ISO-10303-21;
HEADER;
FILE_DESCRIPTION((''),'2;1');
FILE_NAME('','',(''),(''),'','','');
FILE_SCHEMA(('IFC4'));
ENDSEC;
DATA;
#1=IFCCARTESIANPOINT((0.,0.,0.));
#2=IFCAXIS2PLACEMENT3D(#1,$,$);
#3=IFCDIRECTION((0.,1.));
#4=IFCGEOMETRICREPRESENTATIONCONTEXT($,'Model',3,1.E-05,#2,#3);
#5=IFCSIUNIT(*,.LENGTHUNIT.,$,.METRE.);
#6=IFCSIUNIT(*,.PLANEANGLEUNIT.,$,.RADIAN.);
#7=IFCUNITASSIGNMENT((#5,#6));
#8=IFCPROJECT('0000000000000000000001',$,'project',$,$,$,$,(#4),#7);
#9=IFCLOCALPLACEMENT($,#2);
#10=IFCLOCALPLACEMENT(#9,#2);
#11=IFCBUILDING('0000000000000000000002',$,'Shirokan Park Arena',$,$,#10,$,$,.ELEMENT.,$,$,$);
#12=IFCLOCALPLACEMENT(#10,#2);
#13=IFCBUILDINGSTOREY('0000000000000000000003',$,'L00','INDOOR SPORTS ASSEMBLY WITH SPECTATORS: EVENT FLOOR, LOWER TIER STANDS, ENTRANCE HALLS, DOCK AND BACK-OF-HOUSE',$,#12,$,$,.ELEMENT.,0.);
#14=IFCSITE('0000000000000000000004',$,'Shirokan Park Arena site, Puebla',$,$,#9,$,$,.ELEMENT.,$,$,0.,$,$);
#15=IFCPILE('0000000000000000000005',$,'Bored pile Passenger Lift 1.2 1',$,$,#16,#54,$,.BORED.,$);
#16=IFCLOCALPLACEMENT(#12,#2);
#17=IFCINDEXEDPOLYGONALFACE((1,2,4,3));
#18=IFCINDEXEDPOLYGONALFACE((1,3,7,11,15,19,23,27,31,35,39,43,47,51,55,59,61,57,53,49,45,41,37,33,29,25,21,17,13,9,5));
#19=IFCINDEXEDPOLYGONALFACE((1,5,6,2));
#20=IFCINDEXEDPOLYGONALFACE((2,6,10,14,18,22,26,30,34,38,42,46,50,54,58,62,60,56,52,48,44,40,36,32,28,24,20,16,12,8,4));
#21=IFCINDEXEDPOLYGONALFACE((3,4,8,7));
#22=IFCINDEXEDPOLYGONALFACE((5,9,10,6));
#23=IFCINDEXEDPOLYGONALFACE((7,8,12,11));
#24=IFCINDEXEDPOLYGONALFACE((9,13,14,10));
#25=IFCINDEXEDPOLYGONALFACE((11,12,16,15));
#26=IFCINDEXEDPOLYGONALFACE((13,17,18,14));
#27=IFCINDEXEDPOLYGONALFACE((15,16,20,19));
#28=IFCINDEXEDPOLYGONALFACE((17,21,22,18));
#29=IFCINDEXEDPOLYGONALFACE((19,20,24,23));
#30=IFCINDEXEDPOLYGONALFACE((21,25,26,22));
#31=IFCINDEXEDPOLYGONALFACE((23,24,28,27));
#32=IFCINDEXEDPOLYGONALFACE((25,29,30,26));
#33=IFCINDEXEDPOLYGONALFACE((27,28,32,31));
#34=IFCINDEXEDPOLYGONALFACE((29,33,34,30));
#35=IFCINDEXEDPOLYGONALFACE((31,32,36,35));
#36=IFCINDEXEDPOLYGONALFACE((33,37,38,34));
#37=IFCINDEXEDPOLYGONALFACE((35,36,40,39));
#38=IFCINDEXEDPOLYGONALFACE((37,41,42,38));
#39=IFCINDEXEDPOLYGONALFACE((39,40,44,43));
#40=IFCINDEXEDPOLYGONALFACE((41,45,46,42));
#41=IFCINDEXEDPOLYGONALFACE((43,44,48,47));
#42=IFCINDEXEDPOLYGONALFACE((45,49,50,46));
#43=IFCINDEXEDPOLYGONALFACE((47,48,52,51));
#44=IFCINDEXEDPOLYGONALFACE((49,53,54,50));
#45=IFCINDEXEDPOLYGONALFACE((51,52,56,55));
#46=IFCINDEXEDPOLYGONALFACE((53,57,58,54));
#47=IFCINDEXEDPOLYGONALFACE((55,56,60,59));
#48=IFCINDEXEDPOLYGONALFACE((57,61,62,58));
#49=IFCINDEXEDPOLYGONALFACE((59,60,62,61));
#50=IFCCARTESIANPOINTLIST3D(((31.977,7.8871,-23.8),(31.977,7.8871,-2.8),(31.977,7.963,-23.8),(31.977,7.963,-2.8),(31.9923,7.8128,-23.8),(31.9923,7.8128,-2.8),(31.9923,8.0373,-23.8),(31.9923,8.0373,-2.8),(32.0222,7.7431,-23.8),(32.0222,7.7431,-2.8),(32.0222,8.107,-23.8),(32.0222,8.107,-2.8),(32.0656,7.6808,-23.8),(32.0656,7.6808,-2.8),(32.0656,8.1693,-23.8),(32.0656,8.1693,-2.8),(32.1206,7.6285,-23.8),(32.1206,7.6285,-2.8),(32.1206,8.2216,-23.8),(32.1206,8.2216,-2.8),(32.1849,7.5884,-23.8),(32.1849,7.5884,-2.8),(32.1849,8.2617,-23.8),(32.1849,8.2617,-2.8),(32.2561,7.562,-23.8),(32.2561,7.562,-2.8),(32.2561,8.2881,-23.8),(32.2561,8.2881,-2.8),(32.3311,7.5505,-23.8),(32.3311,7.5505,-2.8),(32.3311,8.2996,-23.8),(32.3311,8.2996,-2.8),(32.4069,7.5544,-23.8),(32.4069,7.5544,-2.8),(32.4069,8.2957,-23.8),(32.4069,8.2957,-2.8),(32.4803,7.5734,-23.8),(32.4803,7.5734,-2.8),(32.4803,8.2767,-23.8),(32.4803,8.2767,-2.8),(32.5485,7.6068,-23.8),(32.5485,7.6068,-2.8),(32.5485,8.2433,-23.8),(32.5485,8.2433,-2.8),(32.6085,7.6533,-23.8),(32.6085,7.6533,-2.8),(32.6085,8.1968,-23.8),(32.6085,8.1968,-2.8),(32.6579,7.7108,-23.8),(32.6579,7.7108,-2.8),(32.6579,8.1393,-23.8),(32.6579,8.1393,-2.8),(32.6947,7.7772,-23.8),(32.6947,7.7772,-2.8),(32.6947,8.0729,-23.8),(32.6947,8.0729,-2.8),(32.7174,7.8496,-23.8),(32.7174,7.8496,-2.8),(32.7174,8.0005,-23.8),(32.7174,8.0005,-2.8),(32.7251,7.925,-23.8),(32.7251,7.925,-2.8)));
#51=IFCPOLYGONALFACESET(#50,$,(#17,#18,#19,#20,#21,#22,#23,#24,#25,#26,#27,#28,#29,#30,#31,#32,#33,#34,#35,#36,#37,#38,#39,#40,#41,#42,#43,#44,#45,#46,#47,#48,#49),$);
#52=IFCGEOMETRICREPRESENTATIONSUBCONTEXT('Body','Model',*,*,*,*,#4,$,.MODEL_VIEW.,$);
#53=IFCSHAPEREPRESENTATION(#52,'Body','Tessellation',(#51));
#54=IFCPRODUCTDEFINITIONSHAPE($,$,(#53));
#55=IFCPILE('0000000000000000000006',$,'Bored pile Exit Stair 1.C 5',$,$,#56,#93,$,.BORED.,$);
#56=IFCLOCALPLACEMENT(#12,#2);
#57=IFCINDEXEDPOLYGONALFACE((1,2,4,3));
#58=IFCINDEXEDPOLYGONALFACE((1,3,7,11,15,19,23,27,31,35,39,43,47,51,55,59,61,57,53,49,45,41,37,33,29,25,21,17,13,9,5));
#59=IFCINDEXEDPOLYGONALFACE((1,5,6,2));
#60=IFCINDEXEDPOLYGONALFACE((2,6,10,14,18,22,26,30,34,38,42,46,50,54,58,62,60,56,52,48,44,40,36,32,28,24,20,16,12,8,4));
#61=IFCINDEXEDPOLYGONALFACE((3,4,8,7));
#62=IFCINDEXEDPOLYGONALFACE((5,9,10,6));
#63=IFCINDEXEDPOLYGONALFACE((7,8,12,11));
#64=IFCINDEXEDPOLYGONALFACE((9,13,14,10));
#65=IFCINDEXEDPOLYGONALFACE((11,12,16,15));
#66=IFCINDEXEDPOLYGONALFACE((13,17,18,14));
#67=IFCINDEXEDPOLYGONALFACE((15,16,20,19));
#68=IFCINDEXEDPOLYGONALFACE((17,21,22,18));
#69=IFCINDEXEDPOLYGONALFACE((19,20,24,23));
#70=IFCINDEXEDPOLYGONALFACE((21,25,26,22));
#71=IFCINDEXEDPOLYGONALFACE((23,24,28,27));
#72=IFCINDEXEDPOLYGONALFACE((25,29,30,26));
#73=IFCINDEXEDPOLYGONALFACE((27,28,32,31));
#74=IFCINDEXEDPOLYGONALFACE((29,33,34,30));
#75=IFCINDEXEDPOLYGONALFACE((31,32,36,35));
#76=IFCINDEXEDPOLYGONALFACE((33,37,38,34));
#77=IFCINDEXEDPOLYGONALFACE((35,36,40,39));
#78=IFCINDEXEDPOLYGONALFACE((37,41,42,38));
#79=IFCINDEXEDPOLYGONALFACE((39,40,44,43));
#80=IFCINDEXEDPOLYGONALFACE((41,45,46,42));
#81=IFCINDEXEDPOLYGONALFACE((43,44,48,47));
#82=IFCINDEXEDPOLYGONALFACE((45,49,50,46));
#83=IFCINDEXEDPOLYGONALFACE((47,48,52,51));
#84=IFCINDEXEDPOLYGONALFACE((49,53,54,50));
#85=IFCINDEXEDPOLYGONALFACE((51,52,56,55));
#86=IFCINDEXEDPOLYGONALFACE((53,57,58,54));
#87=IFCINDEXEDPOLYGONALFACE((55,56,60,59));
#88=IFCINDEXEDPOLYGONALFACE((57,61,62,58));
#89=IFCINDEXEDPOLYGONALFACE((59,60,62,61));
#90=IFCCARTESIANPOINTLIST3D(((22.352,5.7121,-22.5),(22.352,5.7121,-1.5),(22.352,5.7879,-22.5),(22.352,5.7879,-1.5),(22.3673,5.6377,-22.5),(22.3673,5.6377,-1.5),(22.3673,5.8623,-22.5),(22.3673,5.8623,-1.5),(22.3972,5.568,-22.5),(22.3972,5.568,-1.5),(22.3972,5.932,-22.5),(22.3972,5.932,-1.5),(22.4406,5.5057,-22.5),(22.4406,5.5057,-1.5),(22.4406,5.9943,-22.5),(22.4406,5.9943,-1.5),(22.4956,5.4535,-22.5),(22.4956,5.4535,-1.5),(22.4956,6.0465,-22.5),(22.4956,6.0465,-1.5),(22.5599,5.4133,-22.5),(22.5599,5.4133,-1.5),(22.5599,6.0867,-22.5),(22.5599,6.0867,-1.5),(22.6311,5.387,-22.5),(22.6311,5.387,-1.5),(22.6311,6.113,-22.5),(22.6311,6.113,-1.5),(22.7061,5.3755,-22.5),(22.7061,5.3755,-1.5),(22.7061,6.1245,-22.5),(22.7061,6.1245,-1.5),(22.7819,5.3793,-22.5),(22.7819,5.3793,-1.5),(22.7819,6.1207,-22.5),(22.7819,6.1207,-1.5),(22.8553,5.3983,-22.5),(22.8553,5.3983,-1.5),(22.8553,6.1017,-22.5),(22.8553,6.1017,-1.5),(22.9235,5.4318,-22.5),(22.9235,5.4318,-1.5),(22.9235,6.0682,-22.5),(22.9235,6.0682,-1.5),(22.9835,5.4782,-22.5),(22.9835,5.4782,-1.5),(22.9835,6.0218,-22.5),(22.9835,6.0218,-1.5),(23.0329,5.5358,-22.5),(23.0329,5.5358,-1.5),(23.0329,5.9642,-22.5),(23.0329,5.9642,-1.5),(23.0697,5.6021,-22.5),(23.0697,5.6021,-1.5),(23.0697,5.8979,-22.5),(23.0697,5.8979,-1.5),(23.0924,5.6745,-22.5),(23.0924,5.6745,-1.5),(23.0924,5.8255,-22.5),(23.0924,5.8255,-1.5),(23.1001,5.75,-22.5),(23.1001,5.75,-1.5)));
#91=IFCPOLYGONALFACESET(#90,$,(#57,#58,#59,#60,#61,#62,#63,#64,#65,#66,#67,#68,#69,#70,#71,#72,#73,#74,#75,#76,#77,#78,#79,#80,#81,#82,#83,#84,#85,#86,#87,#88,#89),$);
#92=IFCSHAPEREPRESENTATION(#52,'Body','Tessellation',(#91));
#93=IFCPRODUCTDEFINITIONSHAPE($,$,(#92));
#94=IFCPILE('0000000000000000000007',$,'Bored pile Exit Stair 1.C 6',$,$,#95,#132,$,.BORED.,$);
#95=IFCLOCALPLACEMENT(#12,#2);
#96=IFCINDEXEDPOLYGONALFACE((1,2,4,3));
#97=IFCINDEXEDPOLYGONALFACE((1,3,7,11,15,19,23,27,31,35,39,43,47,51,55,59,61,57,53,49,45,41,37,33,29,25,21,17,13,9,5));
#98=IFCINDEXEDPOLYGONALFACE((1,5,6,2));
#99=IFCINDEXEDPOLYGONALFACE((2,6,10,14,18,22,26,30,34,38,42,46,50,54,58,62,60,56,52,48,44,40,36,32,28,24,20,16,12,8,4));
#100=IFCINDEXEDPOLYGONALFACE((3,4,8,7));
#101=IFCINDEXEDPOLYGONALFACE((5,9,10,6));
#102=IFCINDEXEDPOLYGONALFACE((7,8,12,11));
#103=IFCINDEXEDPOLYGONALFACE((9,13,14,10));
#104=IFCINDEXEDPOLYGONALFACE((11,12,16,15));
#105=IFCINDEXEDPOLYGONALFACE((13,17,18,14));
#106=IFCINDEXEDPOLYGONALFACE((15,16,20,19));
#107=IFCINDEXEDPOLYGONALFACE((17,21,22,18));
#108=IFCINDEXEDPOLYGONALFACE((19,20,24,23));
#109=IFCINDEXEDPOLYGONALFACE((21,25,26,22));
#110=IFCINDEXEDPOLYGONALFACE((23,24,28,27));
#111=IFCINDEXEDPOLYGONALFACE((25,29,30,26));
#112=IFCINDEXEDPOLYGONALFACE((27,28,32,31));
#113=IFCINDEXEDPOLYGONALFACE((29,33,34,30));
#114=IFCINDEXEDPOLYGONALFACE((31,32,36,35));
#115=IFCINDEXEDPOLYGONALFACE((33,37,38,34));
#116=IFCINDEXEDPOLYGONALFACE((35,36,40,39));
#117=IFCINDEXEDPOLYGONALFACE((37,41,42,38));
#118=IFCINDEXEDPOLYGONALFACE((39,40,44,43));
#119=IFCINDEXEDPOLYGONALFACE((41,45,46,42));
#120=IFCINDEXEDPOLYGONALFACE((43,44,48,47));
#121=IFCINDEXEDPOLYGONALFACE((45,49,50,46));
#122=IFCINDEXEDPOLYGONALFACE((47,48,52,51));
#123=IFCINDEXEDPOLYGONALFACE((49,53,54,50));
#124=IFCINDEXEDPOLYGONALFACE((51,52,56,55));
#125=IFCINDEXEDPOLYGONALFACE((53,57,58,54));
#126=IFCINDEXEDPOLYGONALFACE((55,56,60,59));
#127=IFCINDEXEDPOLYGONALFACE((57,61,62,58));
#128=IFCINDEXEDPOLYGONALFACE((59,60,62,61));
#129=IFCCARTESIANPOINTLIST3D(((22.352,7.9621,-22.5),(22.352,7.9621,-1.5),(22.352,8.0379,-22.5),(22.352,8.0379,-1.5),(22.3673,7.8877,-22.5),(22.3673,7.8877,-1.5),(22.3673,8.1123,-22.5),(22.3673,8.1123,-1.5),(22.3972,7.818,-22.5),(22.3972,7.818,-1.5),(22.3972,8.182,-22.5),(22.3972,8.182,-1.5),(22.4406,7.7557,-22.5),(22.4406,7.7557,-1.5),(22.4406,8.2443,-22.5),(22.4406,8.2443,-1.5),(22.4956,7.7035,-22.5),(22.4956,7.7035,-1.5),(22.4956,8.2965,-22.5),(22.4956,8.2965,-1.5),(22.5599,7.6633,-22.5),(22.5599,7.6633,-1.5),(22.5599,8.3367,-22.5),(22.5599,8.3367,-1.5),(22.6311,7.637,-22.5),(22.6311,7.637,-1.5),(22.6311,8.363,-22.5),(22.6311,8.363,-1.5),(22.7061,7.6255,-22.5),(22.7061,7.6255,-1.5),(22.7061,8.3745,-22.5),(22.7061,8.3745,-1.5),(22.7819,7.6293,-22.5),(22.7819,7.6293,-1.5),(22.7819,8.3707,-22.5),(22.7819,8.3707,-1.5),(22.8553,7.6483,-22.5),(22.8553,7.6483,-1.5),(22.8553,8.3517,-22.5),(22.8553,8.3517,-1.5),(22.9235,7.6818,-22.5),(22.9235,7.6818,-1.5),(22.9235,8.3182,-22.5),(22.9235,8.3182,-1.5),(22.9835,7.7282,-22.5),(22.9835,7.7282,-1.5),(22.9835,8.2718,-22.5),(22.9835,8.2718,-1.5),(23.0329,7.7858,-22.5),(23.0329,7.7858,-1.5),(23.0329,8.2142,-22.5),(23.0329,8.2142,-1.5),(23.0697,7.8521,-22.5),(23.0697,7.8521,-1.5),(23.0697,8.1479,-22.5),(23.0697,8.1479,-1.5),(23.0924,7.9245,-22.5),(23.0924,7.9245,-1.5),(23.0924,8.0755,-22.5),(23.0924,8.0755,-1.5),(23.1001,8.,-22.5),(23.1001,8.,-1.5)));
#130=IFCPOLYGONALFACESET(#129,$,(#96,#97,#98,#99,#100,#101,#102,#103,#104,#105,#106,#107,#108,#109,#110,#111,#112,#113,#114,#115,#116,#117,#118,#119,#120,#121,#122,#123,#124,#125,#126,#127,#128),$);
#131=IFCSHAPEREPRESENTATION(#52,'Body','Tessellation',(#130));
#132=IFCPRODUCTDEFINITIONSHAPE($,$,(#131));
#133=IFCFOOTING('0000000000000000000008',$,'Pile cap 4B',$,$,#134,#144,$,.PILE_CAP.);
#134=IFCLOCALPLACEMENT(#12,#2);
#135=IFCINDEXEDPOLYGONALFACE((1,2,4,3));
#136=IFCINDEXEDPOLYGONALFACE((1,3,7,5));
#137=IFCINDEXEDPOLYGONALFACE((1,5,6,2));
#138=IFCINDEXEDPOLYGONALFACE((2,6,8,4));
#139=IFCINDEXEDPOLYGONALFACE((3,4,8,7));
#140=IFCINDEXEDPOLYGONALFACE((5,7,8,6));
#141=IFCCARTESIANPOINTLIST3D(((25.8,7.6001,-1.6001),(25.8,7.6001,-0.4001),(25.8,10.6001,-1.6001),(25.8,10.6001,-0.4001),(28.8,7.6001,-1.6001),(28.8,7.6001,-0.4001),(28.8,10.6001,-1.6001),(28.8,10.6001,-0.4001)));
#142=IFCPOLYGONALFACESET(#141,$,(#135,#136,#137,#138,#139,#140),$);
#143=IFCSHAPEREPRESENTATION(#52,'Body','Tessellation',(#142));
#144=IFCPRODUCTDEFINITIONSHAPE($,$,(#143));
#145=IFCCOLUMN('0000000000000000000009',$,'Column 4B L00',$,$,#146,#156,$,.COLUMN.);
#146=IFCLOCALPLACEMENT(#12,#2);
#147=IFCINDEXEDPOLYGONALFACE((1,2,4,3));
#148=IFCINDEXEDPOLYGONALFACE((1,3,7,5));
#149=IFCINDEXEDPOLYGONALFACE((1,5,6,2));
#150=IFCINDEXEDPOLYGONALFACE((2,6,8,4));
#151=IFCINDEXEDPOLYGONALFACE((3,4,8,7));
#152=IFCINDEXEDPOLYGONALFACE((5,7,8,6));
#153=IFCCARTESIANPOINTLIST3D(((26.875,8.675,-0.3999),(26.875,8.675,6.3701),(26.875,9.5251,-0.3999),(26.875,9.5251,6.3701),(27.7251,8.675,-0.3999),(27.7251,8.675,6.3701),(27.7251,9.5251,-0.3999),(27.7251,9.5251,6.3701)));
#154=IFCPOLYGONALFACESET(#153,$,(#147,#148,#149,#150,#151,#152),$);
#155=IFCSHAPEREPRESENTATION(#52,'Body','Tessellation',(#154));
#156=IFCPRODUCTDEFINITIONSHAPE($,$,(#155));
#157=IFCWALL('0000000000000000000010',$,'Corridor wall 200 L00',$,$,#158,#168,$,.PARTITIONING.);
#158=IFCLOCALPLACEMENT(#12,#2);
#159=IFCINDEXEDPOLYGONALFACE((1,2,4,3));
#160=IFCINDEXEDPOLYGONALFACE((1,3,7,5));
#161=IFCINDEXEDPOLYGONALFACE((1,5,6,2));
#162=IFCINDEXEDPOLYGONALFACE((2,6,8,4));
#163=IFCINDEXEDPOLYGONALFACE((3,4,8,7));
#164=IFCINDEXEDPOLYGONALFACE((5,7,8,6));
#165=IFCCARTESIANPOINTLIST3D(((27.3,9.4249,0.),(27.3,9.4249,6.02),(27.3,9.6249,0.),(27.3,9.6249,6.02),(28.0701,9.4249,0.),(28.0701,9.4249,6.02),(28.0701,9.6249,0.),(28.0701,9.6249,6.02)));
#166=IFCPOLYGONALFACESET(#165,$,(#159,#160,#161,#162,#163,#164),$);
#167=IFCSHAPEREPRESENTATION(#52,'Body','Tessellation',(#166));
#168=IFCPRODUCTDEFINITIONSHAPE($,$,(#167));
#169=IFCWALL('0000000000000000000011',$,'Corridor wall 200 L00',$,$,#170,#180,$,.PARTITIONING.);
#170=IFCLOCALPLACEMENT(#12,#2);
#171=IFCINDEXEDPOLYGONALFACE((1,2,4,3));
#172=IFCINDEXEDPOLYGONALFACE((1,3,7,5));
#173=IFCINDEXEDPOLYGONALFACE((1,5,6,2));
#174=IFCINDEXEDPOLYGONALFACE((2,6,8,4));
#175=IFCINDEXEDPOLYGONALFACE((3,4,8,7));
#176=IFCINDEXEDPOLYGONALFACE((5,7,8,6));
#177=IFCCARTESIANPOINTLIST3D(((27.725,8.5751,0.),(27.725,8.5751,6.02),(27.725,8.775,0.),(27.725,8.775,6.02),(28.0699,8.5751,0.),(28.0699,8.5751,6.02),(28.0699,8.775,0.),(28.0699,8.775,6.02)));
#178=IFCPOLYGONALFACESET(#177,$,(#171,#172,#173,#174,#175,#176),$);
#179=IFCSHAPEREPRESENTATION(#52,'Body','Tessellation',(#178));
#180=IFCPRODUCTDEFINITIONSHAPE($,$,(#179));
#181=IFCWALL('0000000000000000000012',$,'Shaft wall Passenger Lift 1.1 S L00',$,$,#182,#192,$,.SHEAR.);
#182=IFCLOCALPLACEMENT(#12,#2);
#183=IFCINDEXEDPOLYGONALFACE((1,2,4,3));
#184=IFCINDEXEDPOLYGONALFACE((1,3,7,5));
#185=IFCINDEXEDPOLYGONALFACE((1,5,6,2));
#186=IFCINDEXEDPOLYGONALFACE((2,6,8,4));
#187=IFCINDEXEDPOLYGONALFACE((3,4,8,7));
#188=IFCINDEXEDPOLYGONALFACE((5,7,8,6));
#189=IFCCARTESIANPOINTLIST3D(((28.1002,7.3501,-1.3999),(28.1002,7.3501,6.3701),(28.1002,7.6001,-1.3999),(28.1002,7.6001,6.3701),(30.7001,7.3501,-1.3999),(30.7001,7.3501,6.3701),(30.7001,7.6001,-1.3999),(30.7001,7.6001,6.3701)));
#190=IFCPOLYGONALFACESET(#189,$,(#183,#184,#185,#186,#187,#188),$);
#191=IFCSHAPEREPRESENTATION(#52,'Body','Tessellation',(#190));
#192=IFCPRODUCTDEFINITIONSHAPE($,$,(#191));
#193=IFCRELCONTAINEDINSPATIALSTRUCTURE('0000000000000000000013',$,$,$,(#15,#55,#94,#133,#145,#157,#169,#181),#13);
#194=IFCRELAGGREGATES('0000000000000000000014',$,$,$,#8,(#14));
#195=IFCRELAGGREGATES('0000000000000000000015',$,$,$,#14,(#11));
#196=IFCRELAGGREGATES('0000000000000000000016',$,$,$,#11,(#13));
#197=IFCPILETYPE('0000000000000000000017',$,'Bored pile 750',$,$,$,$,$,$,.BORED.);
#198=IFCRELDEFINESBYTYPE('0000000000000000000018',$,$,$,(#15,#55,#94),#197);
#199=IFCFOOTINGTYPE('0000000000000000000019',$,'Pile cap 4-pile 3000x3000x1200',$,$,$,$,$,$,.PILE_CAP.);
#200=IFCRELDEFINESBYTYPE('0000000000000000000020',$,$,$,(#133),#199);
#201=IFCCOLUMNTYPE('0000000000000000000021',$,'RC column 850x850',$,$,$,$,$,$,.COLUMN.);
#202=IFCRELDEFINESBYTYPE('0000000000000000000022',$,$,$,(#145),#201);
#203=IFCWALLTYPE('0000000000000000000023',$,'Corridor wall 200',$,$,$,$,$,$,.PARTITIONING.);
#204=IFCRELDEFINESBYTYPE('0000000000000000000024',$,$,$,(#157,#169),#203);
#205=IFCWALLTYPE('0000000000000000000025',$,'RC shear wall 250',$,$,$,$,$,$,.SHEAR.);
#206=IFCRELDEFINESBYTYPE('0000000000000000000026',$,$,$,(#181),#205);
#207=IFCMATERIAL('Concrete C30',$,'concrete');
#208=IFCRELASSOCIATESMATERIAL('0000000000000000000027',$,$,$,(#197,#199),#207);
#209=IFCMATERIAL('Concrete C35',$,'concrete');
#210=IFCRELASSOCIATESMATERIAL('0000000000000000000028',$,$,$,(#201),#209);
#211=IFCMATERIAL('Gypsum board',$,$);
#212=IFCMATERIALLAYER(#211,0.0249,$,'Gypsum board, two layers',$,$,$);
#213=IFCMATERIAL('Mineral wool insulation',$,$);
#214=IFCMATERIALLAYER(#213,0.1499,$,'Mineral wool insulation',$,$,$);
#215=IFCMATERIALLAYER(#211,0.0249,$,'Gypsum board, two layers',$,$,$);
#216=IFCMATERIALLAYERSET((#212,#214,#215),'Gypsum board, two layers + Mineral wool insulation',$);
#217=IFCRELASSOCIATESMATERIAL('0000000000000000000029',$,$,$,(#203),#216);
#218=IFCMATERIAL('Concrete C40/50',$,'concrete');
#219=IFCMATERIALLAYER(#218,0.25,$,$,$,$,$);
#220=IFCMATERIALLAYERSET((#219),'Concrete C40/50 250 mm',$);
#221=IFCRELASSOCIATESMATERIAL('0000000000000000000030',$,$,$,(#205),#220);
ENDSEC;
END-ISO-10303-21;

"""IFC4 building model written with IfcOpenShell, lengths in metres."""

from ifc_helpers import new_model, si_unit, direction, frame, frame_2d, origin, origin_2d, place, context, subcontext, project, spatial, rectangle, circle, extrude, material, layer, layer_set, material_profile, profile_set, type_object, element, save


model = new_model("IFC4")

# Units and contexts
model_context = context("Model", 3, precision=1e-05, world=origin(), true_north=direction((0.0, 1.0)))
body_context = subcontext(model_context, "Body", "Model", "MODEL_VIEW")
ifc_project = project(units=[si_unit("LENGTHUNIT", "METRE"), si_unit("PLANEANGLEUNIT", "RADIAN")], contexts=[model_context])

# Site, building, storey
site_placement = place(None, origin())
site = spatial("IfcSite", under=ifc_project, at=site_placement, Name="Shirokan Park Arena site, Puebla", CompositionType="ELEMENT", RefElevation=0.0)
building_placement = place(site_placement, origin())
building = spatial("IfcBuilding", under=site, at=building_placement, Name="Shirokan Park Arena", CompositionType="ELEMENT")
storey_placement = place(building_placement, origin())
storey = spatial("IfcBuildingStorey", under=building, at=storey_placement, Name="L00", Description="INDOOR SPORTS ASSEMBLY WITH SPECTATORS: EVENT FLOOR, LOWER TIER STANDS, ENTRANCE HALLS, DOCK AND BACK-OF-HOUSE", CompositionType="ELEMENT", Elevation=0.0)

# Piles
ifc_material_1 = material(Name="Concrete C30", Category="concrete")
ifc_material_profile_1 = material_profile(ifc_material_1, circle(Radius=0.375, at=origin_2d()), Name="D750")
ifc_profile_set_1 = profile_set([ifc_material_profile_1], Name="Concrete C30")
pile_type_1 = type_object("IfcPileType", Name="Bored pile 750", PredefinedType="BORED", material=ifc_profile_set_1)
for number, where, z_axis, x_axis, name in (
    (1, (32.3501, 7.925, -2.8), (0.0, 0.0, -1.0), (1.0, 0.0, 0.0), "Bored pile Passenger Lift 1.2 1"),
    (2, (22.7251, 5.75, -1.5), (0.0, 0.0, -1.0), (1.0, 0.0, 0.0), "Bored pile Exit Stair 1.C 5"),
    (3, (22.7251, 8.0, -1.5), (0.0, 0.0, -1.0), (1.0, 0.0, 0.0), "Bored pile Exit Stair 1.C 6"),
):
    element("IfcPile", number, at=place(storey_placement, frame(where, z_axis=z_axis, x_axis=x_axis)), inside=storey, type_object=pile_type_1, Name=name, PredefinedType="BORED", context=body_context, shape_type="SweptSolid", body=[
        extrude(circle(Radius=0.375, at=origin_2d()), origin(), (0.0, 0.0, 1.0), 21.0),
    ])

# Footing
footing_type = type_object("IfcFootingType", Name="Pile cap 4-pile 3000x3000x1200", PredefinedType="PILE_CAP", material=ifc_material_1)
footing_placement = place(storey_placement, frame((27.3, 9.1001, -1.6001), z_axis=(0.0, 0.0, 1.0), x_axis=(1.0, 0.0, 0.0)))
element("IfcFooting", 4, at=footing_placement, inside=storey, type_object=footing_type, Name="Pile cap 4B", PredefinedType="PILE_CAP", context=body_context, shape_type="SweptSolid", body=[
    extrude(rectangle(XDim=3.0, YDim=3.0, at=origin_2d()), origin(), (0.0, 0.0, 1.0), 1.2),
])

# Column
ifc_material_2 = material(Name="Concrete C35", Category="concrete")
ifc_material_profile_2 = material_profile(ifc_material_2, rectangle(XDim=0.8501, YDim=0.8501, at=origin_2d()), Name="850x850")
ifc_profile_set_2 = profile_set([ifc_material_profile_2], Name="Concrete C35")
column_type = type_object("IfcColumnType", Name="RC column 850x850", PredefinedType="COLUMN", material=ifc_profile_set_2)
column_placement = place(storey_placement, frame((27.3, 9.1001, -0.3999), z_axis=(0.0, 0.0, 1.0), x_axis=(1.0, 0.0, 0.0)))
element("IfcColumn", 5, at=column_placement, inside=storey, type_object=column_type, Name="Column 4B L00", PredefinedType="COLUMN", context=body_context, shape_type="SweptSolid", body=[
    extrude(rectangle(XDim=0.8501, YDim=0.8501, at=origin_2d()), origin(), (0.0, 0.0, 1.0), 6.77),
])

# Walls
ifc_material_3 = material(Name="Gypsum board")
ifc_layer_1 = layer(ifc_material_3, 0.0249, Name="Gypsum board, two layers")
ifc_material_4 = material(Name="Mineral wool insulation")
ifc_layer_2 = layer(ifc_material_4, 0.1499, Name="Mineral wool insulation")
ifc_layer_3 = layer(ifc_material_3, 0.0249, Name="Gypsum board, two layers")
ifc_layer_set_1 = layer_set([ifc_layer_1, ifc_layer_2, ifc_layer_3], Name="Gypsum board, two layers + Mineral wool insulation")
wall_type_1 = type_object("IfcWallType", Name="Corridor wall 200", PredefinedType="PARTITIONING", material=ifc_layer_set_1)
wall_1_placement = place(storey_placement, frame((27.3, 9.5249, 0.0), z_axis=(0.0, 0.0, 1.0), x_axis=(1.0, 0.0, 0.0)))
element("IfcWall", 6, at=wall_1_placement, inside=storey, type_object=wall_type_1, Name="Corridor wall 200 L00", PredefinedType="PARTITIONING", context=body_context, shape_type="SweptSolid", body=[
    extrude(rectangle(XDim=0.77, YDim=0.2, at=frame_2d((0.385, 0.0))), origin(), (0.0, 0.0, 1.0), 6.02),
])
wall_2_placement = place(storey_placement, frame((27.7251, 8.675, 0.0), z_axis=(0.0, 0.0, 1.0), x_axis=(1.0, 0.0, 0.0)))
element("IfcWall", 7, at=wall_2_placement, inside=storey, type_object=wall_type_1, Name="Corridor wall 200 L00", PredefinedType="PARTITIONING", context=body_context, shape_type="SweptSolid", body=[
    extrude(rectangle(XDim=0.345, YDim=0.2, at=frame_2d((0.1724, 0.0))), origin(), (0.0, 0.0, 1.0), 6.02),
])
ifc_material_5 = material(Name="Concrete C40/50", Category="concrete")
ifc_layer_4 = layer(ifc_material_5, 0.25)
ifc_layer_set_2 = layer_set([ifc_layer_4], Name="Concrete C40/50 250 mm")
wall_type_2 = type_object("IfcWallType", Name="RC shear wall 250", PredefinedType="SHEAR", material=ifc_layer_set_2)
for number, where, z_axis, x_axis, name in (
    (8, (30.7, 7.4751, -1.3999), (0.0, 0.0, 1.0), (-1.0, 0.0, 0.0), "Shaft wall Passenger Lift 1.1 S L00"),
):
    element("IfcWall", number, at=place(storey_placement, frame(where, z_axis=z_axis, x_axis=x_axis)), inside=storey, type_object=wall_type_2, Name=name, PredefinedType="SHEAR", context=body_context, shape_type="SweptSolid", body=[
        extrude(rectangle(XDim=2.5999, YDim=0.25, at=frame_2d((1.2998, 0.0))), origin(), (0.0, 0.0, 1.0), 7.77),
    ])

save(model, "model.ifc")
